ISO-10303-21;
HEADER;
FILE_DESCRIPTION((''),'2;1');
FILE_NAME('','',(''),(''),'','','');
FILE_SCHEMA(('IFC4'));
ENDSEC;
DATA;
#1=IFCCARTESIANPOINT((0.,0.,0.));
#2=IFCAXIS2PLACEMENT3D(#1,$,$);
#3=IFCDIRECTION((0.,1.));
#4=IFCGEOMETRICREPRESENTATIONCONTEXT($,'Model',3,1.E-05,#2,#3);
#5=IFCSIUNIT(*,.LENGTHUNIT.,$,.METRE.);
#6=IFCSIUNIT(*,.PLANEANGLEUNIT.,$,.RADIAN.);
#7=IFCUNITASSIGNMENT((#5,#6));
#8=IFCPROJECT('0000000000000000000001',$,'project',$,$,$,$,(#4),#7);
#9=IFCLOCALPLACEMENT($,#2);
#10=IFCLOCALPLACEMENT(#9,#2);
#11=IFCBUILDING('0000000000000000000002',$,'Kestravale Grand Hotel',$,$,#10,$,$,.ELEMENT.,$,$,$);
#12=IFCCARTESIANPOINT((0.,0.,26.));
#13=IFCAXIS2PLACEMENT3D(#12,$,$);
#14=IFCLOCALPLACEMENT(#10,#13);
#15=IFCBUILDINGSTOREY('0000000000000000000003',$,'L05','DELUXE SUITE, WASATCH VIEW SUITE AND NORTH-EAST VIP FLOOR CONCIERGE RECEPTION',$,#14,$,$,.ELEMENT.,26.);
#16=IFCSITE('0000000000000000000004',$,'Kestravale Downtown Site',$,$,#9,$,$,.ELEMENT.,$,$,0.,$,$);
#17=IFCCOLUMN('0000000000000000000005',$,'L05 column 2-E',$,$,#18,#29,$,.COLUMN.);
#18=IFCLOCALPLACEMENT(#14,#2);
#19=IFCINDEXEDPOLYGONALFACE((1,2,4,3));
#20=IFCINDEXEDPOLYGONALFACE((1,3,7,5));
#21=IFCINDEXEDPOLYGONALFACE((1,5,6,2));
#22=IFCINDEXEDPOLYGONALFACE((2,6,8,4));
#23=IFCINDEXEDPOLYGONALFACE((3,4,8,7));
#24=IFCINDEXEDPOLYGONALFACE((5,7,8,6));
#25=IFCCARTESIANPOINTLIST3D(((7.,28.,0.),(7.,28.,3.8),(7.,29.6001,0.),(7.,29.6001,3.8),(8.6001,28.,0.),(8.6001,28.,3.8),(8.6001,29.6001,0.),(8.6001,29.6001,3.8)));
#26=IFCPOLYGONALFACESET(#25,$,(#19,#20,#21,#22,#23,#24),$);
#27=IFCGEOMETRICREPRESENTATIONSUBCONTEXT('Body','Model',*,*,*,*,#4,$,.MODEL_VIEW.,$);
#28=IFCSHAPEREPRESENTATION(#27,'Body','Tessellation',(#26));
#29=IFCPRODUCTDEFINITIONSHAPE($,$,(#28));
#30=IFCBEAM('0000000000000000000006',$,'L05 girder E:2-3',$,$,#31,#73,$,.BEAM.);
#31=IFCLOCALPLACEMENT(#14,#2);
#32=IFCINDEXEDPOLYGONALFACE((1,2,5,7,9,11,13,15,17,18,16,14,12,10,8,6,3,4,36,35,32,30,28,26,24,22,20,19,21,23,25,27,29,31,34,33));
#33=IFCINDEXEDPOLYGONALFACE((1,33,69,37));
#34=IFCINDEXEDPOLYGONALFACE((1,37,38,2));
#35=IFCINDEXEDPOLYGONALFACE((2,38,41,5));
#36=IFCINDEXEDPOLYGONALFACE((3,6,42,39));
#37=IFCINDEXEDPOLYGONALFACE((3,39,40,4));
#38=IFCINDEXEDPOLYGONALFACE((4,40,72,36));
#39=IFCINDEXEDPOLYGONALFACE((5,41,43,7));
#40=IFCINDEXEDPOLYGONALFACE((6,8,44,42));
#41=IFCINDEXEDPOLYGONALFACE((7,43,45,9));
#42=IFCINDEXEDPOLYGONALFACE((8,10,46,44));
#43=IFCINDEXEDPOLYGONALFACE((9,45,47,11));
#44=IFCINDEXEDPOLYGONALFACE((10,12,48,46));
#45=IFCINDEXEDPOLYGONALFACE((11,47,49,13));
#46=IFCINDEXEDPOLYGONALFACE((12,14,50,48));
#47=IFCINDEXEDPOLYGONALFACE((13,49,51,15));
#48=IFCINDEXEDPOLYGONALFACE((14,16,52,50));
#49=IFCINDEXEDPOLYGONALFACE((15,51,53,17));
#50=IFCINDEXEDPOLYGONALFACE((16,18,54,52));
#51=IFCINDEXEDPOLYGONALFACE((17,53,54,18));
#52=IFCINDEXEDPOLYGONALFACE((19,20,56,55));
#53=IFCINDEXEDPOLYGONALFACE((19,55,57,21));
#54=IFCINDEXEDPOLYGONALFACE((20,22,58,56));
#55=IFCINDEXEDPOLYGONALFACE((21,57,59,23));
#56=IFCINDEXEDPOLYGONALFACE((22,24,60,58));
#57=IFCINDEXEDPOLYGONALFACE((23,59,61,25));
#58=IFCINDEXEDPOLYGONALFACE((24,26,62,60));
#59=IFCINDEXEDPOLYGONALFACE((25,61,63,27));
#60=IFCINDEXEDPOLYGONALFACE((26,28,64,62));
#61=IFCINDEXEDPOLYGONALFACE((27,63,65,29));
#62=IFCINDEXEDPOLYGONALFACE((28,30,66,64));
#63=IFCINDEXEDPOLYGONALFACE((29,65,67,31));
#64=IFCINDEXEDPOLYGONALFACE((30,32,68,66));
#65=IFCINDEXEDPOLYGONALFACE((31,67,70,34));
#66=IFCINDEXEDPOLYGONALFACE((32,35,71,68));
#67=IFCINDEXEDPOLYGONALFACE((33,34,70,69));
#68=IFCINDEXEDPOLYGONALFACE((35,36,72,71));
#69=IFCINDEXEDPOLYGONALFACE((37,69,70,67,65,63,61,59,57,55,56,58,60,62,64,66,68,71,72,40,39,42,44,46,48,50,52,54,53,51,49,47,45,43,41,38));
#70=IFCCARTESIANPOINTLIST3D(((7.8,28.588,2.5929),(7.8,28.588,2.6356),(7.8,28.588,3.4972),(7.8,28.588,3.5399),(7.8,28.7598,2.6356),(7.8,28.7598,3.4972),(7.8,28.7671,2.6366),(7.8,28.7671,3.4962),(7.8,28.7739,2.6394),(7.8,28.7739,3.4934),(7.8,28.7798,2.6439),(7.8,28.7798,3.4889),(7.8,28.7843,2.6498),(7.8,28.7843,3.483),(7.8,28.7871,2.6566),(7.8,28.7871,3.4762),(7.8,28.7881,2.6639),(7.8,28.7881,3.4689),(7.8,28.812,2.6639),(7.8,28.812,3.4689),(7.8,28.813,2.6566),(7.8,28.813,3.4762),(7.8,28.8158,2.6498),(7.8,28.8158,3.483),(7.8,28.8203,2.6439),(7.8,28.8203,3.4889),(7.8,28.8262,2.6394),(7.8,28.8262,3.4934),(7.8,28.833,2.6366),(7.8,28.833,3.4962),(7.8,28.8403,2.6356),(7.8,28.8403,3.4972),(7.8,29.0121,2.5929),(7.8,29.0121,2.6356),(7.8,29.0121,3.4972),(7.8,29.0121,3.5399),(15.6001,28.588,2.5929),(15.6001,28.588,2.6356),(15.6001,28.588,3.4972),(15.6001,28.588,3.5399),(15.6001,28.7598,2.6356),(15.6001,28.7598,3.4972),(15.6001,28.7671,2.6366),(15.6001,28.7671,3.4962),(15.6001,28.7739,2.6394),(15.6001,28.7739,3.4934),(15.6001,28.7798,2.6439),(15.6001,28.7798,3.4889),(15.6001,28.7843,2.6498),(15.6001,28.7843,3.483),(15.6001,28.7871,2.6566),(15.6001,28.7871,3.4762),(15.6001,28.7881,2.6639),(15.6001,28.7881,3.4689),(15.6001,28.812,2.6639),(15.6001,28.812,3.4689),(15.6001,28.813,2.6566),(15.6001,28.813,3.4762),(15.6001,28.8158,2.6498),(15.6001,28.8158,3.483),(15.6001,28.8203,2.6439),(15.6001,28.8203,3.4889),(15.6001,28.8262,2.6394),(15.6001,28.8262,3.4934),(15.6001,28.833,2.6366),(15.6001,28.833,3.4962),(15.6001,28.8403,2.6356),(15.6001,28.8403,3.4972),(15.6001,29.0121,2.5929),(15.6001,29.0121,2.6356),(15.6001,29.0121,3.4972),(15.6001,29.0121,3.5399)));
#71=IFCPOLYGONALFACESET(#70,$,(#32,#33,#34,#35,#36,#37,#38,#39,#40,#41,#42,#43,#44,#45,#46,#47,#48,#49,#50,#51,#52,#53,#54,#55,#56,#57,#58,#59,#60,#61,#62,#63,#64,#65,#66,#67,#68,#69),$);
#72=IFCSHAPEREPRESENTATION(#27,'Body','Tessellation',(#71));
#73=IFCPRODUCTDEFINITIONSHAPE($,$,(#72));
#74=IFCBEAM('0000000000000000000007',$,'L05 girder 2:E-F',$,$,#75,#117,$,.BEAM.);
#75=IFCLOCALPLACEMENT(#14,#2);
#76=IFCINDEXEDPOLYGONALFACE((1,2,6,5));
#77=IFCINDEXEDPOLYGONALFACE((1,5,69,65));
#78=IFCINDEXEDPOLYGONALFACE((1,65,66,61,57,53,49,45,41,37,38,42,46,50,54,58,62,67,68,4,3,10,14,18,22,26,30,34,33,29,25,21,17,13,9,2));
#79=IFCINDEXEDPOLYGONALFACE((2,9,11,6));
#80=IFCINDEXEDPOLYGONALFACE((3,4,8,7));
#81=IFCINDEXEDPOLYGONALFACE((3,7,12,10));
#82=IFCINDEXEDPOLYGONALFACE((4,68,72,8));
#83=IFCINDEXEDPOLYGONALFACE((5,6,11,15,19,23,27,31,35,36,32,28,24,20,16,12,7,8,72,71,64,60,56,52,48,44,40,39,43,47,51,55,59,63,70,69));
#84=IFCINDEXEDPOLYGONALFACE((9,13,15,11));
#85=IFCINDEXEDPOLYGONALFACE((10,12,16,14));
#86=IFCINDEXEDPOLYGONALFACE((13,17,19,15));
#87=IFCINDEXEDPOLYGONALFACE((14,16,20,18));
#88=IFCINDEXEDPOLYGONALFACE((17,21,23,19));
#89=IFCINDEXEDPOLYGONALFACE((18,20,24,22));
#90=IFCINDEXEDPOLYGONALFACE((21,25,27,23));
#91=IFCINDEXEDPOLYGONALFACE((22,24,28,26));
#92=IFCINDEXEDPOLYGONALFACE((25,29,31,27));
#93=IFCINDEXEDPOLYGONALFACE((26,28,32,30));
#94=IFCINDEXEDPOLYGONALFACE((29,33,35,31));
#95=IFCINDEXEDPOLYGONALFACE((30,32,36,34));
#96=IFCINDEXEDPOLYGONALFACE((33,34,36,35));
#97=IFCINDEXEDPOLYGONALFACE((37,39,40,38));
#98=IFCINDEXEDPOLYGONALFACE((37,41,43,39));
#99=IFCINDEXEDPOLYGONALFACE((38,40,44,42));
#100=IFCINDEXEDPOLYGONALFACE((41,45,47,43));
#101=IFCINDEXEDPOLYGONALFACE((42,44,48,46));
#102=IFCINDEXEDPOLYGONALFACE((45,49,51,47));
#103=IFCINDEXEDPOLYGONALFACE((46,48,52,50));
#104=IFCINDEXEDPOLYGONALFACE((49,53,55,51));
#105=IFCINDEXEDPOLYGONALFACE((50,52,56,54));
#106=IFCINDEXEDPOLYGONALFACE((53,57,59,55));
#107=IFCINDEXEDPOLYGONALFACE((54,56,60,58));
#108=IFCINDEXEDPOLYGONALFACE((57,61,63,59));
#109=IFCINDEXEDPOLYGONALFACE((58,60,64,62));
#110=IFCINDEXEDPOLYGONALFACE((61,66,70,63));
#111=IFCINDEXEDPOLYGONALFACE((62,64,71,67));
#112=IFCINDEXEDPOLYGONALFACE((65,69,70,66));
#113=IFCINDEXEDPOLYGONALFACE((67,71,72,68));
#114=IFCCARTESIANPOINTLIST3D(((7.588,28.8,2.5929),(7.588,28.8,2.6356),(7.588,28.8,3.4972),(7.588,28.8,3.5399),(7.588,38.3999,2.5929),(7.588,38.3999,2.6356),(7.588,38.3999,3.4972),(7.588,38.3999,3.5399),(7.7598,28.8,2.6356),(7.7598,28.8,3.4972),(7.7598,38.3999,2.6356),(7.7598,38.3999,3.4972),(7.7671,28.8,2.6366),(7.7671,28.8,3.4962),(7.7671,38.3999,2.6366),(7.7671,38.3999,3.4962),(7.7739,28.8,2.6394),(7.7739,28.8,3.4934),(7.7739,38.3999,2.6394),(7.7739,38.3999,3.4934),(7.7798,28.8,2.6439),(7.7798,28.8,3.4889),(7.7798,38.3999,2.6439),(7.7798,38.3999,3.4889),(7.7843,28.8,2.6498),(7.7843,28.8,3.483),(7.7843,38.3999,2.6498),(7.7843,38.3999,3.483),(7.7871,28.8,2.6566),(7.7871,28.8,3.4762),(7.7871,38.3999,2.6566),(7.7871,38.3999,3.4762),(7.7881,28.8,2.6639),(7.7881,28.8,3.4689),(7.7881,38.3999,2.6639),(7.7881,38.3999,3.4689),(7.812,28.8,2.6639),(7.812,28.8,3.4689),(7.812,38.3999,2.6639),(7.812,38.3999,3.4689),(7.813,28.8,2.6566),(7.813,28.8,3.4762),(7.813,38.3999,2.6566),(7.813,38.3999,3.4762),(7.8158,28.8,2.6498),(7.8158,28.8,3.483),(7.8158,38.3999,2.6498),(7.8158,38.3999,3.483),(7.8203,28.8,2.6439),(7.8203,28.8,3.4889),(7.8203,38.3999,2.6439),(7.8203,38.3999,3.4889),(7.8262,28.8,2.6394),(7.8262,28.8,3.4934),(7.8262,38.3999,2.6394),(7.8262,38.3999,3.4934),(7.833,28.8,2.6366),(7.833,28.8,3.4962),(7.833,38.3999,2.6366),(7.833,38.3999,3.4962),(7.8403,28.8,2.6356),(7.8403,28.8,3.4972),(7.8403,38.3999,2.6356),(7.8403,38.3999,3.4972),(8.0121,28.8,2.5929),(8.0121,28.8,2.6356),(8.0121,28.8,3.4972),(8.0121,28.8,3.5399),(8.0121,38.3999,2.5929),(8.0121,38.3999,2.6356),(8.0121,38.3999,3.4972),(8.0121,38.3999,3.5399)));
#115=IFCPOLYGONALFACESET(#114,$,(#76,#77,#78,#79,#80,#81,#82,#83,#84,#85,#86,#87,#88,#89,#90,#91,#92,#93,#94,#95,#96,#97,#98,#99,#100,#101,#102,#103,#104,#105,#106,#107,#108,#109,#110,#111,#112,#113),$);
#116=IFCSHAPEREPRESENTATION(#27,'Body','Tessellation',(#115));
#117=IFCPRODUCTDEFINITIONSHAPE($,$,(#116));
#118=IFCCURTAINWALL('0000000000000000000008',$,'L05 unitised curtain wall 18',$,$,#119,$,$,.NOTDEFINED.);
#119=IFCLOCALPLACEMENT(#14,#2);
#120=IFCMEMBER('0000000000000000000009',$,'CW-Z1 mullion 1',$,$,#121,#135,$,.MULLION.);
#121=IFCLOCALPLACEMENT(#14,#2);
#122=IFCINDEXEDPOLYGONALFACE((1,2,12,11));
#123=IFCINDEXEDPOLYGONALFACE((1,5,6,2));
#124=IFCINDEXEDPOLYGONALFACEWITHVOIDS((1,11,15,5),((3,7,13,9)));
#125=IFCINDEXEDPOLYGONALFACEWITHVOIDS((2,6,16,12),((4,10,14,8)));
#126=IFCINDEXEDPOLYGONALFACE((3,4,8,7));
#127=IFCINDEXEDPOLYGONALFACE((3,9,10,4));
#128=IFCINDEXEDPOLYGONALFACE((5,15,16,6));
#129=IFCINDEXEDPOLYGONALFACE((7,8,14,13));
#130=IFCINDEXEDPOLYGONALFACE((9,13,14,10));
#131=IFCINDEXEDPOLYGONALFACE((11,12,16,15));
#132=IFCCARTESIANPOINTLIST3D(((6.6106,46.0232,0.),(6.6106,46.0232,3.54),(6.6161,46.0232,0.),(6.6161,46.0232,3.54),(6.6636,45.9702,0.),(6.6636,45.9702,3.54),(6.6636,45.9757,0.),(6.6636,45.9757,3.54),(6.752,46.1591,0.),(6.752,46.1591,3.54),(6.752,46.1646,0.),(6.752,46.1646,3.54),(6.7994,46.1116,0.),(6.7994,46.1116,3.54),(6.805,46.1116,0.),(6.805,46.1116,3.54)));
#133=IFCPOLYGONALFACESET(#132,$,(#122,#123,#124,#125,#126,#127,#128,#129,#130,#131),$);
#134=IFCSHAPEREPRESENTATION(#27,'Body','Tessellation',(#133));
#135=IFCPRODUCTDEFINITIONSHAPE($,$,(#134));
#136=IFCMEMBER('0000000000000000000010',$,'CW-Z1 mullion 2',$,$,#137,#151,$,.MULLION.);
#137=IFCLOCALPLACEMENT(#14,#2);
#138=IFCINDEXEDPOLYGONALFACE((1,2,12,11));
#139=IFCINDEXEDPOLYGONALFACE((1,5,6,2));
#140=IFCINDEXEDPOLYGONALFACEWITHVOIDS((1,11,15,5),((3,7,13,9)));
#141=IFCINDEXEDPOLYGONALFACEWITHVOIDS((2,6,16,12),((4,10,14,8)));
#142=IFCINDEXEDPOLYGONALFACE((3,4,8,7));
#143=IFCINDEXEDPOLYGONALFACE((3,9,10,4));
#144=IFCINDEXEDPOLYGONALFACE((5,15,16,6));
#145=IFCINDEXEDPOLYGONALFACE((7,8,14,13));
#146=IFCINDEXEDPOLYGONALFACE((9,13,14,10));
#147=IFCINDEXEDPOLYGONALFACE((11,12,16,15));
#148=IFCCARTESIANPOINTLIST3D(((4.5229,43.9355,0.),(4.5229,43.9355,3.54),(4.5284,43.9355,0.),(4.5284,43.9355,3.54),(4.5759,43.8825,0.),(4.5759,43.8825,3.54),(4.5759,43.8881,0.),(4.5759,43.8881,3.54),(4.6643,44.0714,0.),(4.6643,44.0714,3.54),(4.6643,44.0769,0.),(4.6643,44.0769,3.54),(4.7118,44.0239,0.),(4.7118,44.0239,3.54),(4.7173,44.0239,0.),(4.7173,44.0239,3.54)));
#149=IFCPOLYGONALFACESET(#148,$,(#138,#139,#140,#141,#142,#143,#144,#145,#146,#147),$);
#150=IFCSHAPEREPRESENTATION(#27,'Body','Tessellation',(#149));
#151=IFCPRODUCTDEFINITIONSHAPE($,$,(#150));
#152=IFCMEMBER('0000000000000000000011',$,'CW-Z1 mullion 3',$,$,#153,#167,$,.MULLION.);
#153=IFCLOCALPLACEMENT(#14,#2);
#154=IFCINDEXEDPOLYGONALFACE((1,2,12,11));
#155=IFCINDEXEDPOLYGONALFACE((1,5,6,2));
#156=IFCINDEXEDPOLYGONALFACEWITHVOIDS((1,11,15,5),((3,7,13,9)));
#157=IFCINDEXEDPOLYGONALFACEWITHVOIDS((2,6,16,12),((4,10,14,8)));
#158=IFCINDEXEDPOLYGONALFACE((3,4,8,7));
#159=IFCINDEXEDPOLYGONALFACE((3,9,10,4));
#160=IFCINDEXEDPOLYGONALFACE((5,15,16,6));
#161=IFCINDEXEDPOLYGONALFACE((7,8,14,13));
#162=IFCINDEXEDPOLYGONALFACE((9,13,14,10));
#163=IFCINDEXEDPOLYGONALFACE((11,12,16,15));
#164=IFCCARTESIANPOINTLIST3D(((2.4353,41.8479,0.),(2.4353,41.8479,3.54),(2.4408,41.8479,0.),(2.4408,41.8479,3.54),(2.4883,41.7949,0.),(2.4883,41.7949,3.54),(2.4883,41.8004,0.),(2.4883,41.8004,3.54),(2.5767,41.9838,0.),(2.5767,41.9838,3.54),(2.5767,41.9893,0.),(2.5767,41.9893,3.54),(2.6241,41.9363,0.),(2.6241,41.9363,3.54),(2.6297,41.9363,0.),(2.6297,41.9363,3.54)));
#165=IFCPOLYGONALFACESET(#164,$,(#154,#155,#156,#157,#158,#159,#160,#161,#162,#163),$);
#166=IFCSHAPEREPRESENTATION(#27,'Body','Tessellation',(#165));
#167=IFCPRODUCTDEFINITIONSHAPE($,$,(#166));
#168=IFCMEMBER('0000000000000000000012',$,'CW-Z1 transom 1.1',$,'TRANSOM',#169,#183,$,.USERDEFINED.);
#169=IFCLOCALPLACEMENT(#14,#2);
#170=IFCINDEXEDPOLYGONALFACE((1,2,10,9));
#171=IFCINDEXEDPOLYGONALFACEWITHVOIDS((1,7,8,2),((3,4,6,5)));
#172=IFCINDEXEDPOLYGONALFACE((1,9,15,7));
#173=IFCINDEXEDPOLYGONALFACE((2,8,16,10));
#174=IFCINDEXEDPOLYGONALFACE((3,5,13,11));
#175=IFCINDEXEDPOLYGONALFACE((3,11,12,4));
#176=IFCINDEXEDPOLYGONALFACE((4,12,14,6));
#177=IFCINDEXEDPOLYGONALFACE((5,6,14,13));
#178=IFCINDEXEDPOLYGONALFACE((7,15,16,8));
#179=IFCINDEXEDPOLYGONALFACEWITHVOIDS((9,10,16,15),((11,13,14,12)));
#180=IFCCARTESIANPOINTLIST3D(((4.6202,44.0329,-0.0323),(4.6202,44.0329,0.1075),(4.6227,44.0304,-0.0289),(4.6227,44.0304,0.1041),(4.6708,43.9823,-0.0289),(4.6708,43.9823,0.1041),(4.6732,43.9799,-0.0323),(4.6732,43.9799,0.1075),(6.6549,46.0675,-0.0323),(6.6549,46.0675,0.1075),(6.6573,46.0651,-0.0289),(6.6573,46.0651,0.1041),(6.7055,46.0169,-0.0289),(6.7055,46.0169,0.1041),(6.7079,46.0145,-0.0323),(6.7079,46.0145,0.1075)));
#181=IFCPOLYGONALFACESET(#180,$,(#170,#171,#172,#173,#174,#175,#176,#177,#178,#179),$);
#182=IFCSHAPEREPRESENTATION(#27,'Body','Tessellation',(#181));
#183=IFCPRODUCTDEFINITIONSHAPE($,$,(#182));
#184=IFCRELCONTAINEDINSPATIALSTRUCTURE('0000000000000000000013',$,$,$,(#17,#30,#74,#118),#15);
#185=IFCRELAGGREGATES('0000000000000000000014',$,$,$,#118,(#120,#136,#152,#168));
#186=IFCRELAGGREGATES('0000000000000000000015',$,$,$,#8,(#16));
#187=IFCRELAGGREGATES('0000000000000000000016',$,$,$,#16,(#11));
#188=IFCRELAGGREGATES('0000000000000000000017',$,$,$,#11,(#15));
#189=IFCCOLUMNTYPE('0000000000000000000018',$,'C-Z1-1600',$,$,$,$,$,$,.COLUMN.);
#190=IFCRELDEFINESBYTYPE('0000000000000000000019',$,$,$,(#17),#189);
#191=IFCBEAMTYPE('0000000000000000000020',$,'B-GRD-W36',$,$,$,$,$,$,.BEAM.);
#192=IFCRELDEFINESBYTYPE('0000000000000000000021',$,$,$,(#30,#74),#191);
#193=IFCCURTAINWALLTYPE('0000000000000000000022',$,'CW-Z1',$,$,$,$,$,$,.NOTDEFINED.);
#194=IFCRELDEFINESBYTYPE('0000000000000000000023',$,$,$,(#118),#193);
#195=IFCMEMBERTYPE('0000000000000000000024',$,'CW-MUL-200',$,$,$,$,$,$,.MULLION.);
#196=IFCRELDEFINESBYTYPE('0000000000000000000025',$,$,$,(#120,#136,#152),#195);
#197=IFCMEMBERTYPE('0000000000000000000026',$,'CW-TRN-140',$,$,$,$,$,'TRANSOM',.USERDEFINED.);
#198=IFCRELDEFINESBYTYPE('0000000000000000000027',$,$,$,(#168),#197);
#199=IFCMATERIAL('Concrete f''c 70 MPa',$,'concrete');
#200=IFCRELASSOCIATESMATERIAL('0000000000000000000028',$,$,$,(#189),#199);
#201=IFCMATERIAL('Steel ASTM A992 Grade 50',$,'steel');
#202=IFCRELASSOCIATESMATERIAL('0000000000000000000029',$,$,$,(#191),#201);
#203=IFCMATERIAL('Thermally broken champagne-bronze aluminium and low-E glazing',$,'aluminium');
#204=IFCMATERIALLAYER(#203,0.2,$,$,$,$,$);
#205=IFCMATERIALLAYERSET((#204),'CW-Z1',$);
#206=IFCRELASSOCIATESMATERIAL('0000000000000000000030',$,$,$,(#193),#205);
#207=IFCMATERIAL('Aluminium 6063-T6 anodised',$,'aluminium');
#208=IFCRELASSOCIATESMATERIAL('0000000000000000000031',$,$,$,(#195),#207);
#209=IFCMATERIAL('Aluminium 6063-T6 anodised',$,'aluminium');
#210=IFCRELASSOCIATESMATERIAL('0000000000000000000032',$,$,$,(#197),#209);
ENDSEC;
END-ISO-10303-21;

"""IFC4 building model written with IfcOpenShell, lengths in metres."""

from ifc_helpers import new_model, si_unit, direction, frame, origin, origin_2d, place, context, subcontext, project, spatial, rectangle, hollow_rectangle, i_section, extrude, material, layer, layer_set, material_profile, profile_set, type_object, element, aggregate, save


model = new_model("IFC4")

# Units and contexts
model_context = context("Model", 3, precision=1e-05, world=origin(), true_north=direction((0.0, 1.0)))
body_context = subcontext(model_context, "Body", "Model", "MODEL_VIEW")
ifc_project = project(units=[si_unit("LENGTHUNIT", "METRE"), si_unit("PLANEANGLEUNIT", "RADIAN")], contexts=[model_context])

# Site, building, storey
site_placement = place(None, origin())
site = spatial("IfcSite", under=ifc_project, at=site_placement, Name="Kestravale Downtown Site", CompositionType="ELEMENT", RefElevation=0.0)
building_placement = place(site_placement, origin())
building = spatial("IfcBuilding", under=site, at=building_placement, Name="Kestravale Grand Hotel", CompositionType="ELEMENT")
storey_placement = place(building_placement, frame((0.0, 0.0, 26.0)))
storey = spatial("IfcBuildingStorey", under=building, at=storey_placement, Name="L05", Description="DELUXE SUITE, WASATCH VIEW SUITE AND NORTH-EAST VIP FLOOR CONCIERGE RECEPTION", CompositionType="ELEMENT", Elevation=26.0)

# Column
ifc_material_1 = material(Name="Concrete f'c 70 MPa", Category="concrete")
ifc_material_profile_1 = material_profile(ifc_material_1, rectangle(XDim=1.6001, YDim=1.6001, at=origin_2d()))
ifc_profile_set_1 = profile_set([ifc_material_profile_1], Name="Concrete f'c 70 MPa")
column_type = type_object("IfcColumnType", Name="C-Z1-1600", PredefinedType="COLUMN", material=ifc_profile_set_1)
column_placement = place(storey_placement, frame((7.8, 28.8, 0.0), z_axis=(0.0, 0.0, 1.0), x_axis=(1.0, 0.0, 0.0)))
element("IfcColumn", 1, at=column_placement, inside=storey, type_object=column_type, Name="L05 column 2-E", PredefinedType="COLUMN", context=body_context, shape_type="SweptSolid", body=[
    extrude(rectangle(XDim=1.6001, YDim=1.6001, at=origin_2d()), origin(), (0.0, 0.0, 1.0), 3.8),
])

# Beams
ifc_material_2 = material(Name="Steel ASTM A992 Grade 50", Category="steel")
ifc_material_profile_2 = material_profile(ifc_material_2, i_section(OverallWidth=0.4241, OverallDepth=0.947, WebThickness=0.0239, FlangeThickness=0.0427, FilletRadius=0.0283, at=origin_2d()))
ifc_profile_set_2 = profile_set([ifc_material_profile_2], Name="Steel ASTM A992 Grade 50")
beam_type = type_object("IfcBeamType", Name="B-GRD-W36", PredefinedType="BEAM", material=ifc_profile_set_2)
beam_1_placement = place(storey_placement, frame((7.8, 28.8, 3.0664), z_axis=(1.0, 0.0, 0.0), x_axis=(0.0, 1.0, 0.0)))
element("IfcBeam", 2, at=beam_1_placement, inside=storey, type_object=beam_type, Name="L05 girder E:2-3", PredefinedType="BEAM", context=body_context, shape_type="SweptSolid", body=[
    extrude(i_section(OverallWidth=0.4241, OverallDepth=0.947, WebThickness=0.0239, FlangeThickness=0.0427, FilletRadius=0.0283, at=origin_2d()), origin(), (0.0, 0.0, 1.0), 7.8),
])
beam_2_placement = place(storey_placement, frame((7.8, 28.8, 3.0664), z_axis=(0.0, 1.0, 0.0), x_axis=(-1.0, 0.0, 0.0)))
element("IfcBeam", 3, at=beam_2_placement, inside=storey, type_object=beam_type, Name="L05 girder 2:E-F", PredefinedType="BEAM", context=body_context, shape_type="SweptSolid", body=[
    extrude(i_section(OverallWidth=0.4241, OverallDepth=0.947, WebThickness=0.0239, FlangeThickness=0.0427, FilletRadius=0.0283, at=origin_2d()), origin(), (0.0, 0.0, 1.0), 9.5999),
])

# Curtain wall, members
ifc_material_3 = material(Name="Thermally broken champagne-bronze aluminium and low-E glazing", Category="aluminium")
ifc_layer_1 = layer(ifc_material_3, 0.2)
ifc_layer_set_1 = layer_set([ifc_layer_1], Name="CW-Z1")
curtain_wall_type = type_object("IfcCurtainWallType", Name="CW-Z1", PredefinedType="NOTDEFINED", material=ifc_layer_set_1)
curtain_wall_placement = place(storey_placement, origin())
curtain_wall = element("IfcCurtainWall", 4, at=curtain_wall_placement, inside=storey, type_object=curtain_wall_type, Name="L05 unitised curtain wall 18", PredefinedType="NOTDEFINED")
ifc_material_4 = material(Name="Aluminium 6063-T6 anodised", Category="aluminium")
ifc_material_profile_3 = material_profile(ifc_material_4, hollow_rectangle(XDim=0.075, YDim=0.2, WallThickness=0.0039, at=origin_2d()))
ifc_profile_set_3 = profile_set([ifc_material_profile_3], Name="Aluminium 6063-T6 anodised")
member_type_1 = type_object("IfcMemberType", Name="CW-MUL-200", PredefinedType="MULLION", material=ifc_profile_set_3)
member_1_placement = place(storey_placement, frame((6.7078, 46.0674, 0.0), z_axis=(0.0, 0.0, 1.0), x_axis=(0.707107, -0.707107, 0.0)))
member_1 = element("IfcMember", 5, at=member_1_placement, type_object=member_type_1, Name="CW-Z1 mullion 1", PredefinedType="MULLION", context=body_context, shape_type="SweptSolid", body=[
    extrude(hollow_rectangle(XDim=0.075, YDim=0.2, WallThickness=0.0039, at=origin_2d()), origin(), (0.0, 0.0, 1.0), 3.54),
])
member_2_placement = place(storey_placement, frame((4.6201, 43.9797, 0.0), z_axis=(0.0, 0.0, 1.0), x_axis=(0.707107, -0.707107, 0.0)))
member_2 = element("IfcMember", 6, at=member_2_placement, type_object=member_type_1, Name="CW-Z1 mullion 2", PredefinedType="MULLION", context=body_context, shape_type="SweptSolid", body=[
    extrude(hollow_rectangle(XDim=0.075, YDim=0.2, WallThickness=0.0039, at=origin_2d()), origin(), (0.0, 0.0, 1.0), 3.54),
])
member_3_placement = place(storey_placement, frame((2.5325, 41.8921, 0.0), z_axis=(0.0, 0.0, 1.0), x_axis=(0.707107, -0.707107, 0.0)))
member_3 = element("IfcMember", 7, at=member_3_placement, type_object=member_type_1, Name="CW-Z1 mullion 3", PredefinedType="MULLION", context=body_context, shape_type="SweptSolid", body=[
    extrude(hollow_rectangle(XDim=0.075, YDim=0.2, WallThickness=0.0039, at=origin_2d()), origin(), (0.0, 0.0, 1.0), 3.54),
])
ifc_material_5 = material(Name="Aluminium 6063-T6 anodised", Category="aluminium")
ifc_material_profile_4 = material_profile(ifc_material_5, hollow_rectangle(XDim=0.075, YDim=0.1399, WallThickness=0.0034, at=origin_2d()))
ifc_profile_set_4 = profile_set([ifc_material_profile_4], Name="Aluminium 6063-T6 anodised")
member_type_2 = type_object("IfcMemberType", Name="CW-TRN-140", ElementType="TRANSOM", PredefinedType="USERDEFINED", material=ifc_profile_set_4)
member_4_placement = place(storey_placement, frame((6.6814, 46.041, 0.0376), z_axis=(-0.707107, -0.707107, 0.0), x_axis=(0.707107, -0.707107, 0.0)))
member_4 = element("IfcMember", 8, at=member_4_placement, type_object=member_type_2, Name="CW-Z1 transom 1.1", ObjectType="TRANSOM", PredefinedType="USERDEFINED", context=body_context, shape_type="SweptSolid", body=[
    extrude(hollow_rectangle(XDim=0.075, YDim=0.1399, WallThickness=0.0034, at=origin_2d()), origin(), (0.0, 0.0, 1.0), 2.8774),
])
aggregate(curtain_wall, [member_1, member_2, member_3, member_4])

save(model, "model.ifc")
